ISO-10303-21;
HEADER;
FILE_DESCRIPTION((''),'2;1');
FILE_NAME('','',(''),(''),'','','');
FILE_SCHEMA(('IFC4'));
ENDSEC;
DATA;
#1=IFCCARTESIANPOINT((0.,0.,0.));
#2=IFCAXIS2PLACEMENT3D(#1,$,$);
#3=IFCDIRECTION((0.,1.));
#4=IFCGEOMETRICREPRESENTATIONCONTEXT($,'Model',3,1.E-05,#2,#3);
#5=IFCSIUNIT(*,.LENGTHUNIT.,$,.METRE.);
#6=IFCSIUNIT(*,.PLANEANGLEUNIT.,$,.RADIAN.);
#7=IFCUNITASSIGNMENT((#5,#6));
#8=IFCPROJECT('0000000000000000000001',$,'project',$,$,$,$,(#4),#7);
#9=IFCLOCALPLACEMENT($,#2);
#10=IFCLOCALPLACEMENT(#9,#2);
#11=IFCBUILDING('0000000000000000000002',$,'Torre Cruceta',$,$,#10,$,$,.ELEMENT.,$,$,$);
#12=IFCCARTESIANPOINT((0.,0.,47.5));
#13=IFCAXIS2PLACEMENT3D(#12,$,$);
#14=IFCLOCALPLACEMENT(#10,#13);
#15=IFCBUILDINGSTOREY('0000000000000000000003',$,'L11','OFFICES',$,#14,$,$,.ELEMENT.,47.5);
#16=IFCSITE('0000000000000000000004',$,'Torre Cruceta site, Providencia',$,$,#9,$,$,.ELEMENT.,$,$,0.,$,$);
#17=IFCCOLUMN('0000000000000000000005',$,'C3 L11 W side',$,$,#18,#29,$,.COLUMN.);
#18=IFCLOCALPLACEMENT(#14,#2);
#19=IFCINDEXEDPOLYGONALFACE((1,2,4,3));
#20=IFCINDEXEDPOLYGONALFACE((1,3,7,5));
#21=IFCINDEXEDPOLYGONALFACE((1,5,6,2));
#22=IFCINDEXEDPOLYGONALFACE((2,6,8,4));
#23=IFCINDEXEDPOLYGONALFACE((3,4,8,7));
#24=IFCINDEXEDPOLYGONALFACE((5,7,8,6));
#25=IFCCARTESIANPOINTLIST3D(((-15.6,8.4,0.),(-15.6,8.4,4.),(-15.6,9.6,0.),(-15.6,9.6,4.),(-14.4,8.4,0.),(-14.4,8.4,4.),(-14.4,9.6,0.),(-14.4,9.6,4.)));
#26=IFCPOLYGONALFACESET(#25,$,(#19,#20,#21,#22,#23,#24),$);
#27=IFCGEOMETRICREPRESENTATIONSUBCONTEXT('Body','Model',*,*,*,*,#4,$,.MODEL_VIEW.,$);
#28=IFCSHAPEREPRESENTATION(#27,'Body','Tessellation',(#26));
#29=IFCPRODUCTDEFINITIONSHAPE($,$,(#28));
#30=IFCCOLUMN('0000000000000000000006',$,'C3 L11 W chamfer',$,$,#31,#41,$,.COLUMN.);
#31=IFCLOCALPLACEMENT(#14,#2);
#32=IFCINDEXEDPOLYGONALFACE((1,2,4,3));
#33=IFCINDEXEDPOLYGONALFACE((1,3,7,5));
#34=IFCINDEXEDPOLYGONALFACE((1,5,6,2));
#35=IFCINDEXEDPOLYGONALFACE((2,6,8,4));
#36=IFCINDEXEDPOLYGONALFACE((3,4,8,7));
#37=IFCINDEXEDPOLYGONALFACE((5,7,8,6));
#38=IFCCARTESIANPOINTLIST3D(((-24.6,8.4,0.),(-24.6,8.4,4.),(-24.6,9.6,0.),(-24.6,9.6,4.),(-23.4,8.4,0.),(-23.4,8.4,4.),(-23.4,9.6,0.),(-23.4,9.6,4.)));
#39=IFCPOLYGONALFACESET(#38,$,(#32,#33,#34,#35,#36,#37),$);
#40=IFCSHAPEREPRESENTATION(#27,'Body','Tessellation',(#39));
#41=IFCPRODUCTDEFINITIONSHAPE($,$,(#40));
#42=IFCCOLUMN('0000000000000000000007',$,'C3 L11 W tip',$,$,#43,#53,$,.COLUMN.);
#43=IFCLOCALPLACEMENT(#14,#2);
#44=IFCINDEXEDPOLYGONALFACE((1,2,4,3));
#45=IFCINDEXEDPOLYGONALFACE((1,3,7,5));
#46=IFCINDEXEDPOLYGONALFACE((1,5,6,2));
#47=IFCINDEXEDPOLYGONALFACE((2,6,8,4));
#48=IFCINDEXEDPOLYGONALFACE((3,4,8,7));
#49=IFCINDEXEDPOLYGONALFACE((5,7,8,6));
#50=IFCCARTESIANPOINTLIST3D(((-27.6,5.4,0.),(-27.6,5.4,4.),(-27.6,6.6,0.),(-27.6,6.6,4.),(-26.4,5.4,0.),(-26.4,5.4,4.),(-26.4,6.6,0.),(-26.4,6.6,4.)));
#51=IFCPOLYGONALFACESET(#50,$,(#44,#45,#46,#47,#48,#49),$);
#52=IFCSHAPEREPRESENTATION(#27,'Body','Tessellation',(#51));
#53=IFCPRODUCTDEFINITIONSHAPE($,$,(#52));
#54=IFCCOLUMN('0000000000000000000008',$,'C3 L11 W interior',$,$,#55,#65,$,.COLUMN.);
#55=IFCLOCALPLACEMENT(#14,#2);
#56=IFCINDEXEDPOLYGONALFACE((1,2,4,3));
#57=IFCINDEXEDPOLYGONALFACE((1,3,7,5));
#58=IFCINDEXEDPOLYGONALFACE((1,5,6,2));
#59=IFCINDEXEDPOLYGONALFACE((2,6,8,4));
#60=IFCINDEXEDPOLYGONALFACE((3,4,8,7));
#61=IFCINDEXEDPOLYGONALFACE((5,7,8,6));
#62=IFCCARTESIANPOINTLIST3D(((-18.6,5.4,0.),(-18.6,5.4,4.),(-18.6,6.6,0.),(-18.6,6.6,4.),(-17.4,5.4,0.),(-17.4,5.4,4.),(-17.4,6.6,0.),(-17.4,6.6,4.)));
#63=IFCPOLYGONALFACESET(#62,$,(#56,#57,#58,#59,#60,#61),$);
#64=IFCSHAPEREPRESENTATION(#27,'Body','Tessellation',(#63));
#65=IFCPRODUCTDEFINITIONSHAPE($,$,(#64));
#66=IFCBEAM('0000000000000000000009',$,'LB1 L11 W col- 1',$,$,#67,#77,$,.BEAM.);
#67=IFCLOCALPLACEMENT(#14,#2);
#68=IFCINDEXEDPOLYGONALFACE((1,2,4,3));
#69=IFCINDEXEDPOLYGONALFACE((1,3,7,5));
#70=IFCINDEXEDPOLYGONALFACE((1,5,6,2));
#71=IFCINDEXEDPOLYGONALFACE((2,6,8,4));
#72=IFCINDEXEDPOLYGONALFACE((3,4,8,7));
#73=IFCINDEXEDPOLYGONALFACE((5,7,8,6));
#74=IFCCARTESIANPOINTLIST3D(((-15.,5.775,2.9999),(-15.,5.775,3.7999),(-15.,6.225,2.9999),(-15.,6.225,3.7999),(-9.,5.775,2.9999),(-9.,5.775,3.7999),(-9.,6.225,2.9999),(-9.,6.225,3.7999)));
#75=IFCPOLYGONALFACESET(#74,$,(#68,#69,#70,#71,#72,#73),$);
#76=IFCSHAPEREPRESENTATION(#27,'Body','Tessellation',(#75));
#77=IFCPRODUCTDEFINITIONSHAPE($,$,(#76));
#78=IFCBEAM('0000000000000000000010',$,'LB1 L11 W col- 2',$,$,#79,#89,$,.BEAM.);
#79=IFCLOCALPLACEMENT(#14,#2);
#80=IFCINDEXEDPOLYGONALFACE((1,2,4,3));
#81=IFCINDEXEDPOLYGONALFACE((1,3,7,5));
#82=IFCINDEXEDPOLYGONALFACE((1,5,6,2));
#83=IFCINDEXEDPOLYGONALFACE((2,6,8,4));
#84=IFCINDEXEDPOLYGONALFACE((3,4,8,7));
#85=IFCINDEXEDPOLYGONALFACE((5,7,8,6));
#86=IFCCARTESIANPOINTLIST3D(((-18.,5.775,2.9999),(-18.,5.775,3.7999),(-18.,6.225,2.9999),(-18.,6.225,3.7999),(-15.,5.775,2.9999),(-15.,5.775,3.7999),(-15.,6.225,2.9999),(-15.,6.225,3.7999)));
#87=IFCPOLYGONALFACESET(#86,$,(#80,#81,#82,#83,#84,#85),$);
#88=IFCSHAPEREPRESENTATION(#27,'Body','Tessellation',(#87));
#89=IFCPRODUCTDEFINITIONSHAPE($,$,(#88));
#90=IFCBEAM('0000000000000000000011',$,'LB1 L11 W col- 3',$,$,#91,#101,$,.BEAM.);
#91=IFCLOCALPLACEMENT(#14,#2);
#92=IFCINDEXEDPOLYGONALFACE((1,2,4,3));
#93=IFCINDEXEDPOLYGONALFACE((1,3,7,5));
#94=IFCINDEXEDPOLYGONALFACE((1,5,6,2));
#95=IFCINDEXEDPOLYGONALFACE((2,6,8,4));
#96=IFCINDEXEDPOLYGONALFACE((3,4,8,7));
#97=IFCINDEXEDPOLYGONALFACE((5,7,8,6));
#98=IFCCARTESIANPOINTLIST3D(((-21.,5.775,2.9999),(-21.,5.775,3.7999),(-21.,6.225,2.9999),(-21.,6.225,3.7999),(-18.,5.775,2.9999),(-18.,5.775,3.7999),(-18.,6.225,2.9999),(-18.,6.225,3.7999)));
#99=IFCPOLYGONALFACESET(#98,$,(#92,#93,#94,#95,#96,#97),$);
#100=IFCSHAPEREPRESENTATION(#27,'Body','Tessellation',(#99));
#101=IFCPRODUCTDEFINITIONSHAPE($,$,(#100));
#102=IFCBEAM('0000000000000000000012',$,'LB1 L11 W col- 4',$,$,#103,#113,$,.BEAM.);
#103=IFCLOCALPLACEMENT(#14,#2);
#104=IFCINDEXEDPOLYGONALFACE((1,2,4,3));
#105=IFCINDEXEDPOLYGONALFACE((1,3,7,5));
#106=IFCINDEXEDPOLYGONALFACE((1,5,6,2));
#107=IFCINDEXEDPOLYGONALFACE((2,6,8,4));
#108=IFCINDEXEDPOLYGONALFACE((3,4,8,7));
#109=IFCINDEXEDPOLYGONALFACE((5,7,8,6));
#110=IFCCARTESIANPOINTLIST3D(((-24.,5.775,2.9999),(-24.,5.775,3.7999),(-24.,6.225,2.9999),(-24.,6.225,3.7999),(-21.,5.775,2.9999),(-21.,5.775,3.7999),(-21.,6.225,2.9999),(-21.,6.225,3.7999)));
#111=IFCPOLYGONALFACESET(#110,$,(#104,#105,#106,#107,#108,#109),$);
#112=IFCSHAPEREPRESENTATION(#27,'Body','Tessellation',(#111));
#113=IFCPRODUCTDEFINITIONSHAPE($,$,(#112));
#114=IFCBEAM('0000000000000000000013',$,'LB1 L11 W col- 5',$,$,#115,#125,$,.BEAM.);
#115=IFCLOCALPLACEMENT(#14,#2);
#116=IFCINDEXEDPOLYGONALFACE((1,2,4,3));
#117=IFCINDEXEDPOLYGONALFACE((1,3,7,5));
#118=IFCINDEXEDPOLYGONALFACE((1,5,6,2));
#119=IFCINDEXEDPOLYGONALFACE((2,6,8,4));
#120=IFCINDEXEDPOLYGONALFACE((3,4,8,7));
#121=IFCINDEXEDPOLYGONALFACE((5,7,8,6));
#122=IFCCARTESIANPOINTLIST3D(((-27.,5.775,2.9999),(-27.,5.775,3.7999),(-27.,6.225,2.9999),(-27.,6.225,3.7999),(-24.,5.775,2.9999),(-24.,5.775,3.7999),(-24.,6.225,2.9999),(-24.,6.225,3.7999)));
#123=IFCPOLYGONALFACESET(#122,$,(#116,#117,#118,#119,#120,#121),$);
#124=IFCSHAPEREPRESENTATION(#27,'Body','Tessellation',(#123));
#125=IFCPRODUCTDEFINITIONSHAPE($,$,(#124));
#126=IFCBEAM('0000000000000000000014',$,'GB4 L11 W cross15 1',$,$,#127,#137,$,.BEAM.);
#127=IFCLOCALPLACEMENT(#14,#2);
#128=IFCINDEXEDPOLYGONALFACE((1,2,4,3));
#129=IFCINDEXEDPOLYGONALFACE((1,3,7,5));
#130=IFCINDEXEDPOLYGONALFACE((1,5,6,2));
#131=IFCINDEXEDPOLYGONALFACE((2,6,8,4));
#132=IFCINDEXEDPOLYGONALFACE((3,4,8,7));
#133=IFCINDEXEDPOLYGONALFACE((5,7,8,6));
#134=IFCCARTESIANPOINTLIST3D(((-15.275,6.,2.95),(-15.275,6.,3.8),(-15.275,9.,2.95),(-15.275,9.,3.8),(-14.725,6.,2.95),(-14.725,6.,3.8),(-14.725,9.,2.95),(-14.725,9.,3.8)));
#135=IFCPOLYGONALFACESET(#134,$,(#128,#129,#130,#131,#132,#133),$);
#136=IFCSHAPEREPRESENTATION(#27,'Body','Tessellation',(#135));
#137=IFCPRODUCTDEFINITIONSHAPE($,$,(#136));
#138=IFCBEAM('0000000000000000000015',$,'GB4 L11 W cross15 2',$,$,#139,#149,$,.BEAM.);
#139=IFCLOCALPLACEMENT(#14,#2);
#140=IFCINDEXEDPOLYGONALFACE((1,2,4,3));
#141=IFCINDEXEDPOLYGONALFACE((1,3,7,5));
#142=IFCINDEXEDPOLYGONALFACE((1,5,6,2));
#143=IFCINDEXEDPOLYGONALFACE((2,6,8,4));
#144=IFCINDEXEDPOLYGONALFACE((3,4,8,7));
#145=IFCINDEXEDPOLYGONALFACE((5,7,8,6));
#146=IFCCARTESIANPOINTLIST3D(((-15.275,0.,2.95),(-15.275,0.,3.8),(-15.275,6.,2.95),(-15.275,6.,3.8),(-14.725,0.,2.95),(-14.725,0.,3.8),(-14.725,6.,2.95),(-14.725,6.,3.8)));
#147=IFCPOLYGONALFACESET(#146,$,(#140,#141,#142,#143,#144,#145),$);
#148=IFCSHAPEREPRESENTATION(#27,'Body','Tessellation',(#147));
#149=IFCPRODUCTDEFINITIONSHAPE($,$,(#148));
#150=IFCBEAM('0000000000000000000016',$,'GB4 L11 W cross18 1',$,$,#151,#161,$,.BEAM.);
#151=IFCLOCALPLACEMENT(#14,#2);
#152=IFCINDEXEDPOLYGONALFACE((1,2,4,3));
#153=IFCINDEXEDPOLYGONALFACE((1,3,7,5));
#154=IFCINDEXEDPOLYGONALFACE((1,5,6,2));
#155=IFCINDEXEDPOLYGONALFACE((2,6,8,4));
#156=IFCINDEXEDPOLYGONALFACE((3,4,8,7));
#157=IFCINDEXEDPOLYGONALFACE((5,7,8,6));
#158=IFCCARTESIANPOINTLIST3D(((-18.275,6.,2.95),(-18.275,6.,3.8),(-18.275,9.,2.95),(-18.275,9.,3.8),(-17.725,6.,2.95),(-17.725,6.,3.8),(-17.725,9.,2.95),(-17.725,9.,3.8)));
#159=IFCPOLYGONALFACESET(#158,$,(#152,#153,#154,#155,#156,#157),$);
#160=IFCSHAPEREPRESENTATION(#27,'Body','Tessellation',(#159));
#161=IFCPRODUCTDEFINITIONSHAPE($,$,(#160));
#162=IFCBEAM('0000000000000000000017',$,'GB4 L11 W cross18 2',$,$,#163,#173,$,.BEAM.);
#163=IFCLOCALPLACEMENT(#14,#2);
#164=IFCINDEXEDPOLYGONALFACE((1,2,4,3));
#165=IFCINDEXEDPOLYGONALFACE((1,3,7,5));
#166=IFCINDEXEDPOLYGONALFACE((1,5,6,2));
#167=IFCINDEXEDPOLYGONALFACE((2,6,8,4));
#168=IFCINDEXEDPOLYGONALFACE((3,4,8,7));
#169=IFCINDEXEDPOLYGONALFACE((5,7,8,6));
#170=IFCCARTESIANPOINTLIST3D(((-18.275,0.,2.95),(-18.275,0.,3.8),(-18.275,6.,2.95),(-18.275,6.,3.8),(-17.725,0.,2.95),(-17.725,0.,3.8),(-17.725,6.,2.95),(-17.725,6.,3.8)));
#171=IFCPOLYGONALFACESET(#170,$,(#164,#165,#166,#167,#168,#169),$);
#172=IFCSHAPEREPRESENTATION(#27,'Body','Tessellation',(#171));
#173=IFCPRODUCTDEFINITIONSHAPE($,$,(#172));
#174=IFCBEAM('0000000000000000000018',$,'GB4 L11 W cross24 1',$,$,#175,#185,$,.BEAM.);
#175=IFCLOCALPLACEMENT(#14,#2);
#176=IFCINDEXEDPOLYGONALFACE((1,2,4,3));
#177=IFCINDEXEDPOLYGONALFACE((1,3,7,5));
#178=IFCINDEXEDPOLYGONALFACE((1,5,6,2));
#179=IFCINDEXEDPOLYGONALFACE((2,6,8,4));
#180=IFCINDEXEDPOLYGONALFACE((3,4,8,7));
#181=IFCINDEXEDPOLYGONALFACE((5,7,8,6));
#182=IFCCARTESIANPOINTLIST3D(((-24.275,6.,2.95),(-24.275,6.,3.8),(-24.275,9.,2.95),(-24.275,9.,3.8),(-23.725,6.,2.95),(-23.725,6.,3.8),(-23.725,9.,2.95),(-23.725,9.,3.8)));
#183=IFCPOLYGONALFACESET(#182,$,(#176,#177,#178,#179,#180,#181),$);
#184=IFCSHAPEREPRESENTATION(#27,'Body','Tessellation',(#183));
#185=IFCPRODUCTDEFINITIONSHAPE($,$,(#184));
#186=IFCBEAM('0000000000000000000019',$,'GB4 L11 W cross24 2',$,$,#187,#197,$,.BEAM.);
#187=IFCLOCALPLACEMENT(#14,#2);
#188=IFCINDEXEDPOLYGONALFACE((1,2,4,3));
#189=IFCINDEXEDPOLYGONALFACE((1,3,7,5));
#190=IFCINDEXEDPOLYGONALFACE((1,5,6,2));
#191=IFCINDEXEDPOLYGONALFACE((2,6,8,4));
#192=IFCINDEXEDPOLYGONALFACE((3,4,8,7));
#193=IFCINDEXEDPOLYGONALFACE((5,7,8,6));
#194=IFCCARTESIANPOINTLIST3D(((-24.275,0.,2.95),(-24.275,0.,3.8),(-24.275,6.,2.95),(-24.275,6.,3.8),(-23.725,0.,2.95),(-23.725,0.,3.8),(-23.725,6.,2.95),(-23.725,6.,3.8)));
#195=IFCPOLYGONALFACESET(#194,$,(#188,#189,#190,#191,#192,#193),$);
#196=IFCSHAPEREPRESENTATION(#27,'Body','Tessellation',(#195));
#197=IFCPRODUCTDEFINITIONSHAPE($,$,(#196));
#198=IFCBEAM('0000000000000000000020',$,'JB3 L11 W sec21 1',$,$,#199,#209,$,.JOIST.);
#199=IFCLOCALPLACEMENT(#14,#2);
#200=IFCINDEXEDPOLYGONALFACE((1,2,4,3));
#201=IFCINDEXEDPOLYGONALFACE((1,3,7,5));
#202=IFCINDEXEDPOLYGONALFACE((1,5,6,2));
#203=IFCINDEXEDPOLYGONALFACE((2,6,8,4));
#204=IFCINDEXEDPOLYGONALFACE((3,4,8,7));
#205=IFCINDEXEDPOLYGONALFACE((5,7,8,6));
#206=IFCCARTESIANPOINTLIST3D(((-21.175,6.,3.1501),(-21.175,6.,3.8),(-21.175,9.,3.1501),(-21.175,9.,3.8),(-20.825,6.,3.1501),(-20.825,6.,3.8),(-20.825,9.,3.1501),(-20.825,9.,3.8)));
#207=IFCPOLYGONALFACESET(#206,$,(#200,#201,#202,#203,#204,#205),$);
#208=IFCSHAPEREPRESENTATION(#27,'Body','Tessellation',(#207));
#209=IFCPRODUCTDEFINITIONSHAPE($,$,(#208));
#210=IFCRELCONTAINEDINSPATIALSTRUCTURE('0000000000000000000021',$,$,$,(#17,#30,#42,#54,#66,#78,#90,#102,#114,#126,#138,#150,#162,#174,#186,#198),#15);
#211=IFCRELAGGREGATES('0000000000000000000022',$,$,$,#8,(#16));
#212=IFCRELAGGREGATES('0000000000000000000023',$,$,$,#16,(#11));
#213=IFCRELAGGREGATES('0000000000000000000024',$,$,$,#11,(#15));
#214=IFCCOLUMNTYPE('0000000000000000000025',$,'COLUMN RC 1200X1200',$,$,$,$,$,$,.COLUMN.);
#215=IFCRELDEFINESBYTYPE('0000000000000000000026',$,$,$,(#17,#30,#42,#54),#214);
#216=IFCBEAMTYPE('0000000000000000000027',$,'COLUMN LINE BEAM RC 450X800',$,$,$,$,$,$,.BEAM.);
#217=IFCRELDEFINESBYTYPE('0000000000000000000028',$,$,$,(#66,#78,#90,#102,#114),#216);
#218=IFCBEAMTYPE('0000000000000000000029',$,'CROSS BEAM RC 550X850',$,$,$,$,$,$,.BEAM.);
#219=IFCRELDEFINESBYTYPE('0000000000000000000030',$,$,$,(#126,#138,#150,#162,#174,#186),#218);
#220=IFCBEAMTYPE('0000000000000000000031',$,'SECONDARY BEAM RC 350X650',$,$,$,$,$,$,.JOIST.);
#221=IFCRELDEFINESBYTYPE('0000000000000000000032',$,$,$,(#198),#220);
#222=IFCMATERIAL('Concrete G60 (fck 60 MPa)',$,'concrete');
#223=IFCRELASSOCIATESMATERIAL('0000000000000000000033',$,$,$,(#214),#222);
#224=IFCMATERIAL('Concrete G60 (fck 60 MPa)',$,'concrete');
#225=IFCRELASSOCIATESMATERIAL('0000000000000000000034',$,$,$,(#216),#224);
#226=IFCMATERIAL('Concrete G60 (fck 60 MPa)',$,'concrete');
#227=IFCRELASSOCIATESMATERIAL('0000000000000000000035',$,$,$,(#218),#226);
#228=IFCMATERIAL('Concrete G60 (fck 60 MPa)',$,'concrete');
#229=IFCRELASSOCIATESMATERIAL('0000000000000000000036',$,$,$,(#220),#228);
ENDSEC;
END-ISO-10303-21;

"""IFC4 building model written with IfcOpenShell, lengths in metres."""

from ifc_helpers import new_model, si_unit, direction, frame, origin, origin_2d, place, context, subcontext, project, spatial, rectangle, extrude, material, material_profile, profile_set, type_object, element, save


model = new_model("IFC4")

# Units and contexts
model_context = context("Model", 3, precision=1e-05, world=origin(), true_north=direction((0.0, 1.0)))
body_context = subcontext(model_context, "Body", "Model", "MODEL_VIEW")
ifc_project = project(units=[si_unit("LENGTHUNIT", "METRE"), si_unit("PLANEANGLEUNIT", "RADIAN")], contexts=[model_context])

# Site, building, storey
site_placement = place(None, origin())
site = spatial("IfcSite", under=ifc_project, at=site_placement, Name="Torre Cruceta site, Providencia", CompositionType="ELEMENT", RefElevation=0.0)
building_placement = place(site_placement, origin())
building = spatial("IfcBuilding", under=site, at=building_placement, Name="Torre Cruceta", CompositionType="ELEMENT")
storey_placement = place(building_placement, frame((0.0, 0.0, 47.5)))
storey = spatial("IfcBuildingStorey", under=building, at=storey_placement, Name="L11", Description="OFFICES", CompositionType="ELEMENT", Elevation=47.5)

# Columns
ifc_material_1 = material(Name="Concrete G60 (fck 60 MPa)", Category="concrete")
ifc_material_profile_1 = material_profile(ifc_material_1, rectangle(XDim=1.2, YDim=1.2, at=origin_2d()), Name="RC 1200X1200")
ifc_profile_set_1 = profile_set([ifc_material_profile_1], Name="Concrete G60 (fck 60 MPa)")
column_type = type_object("IfcColumnType", Name="COLUMN RC 1200X1200", PredefinedType="COLUMN", material=ifc_profile_set_1)
for number, where, z_axis, x_axis, name in (
    (1, (-15.0, 9.0, 0.0), (0.0, 0.0, 1.0), (1.0, 0.0, 0.0), "C3 L11 W side"),
    (2, (-24.0, 9.0, 0.0), (0.0, 0.0, 1.0), (1.0, 0.0, 0.0), "C3 L11 W chamfer"),
    (3, (-27.0, 6.0, 0.0), (0.0, 0.0, 1.0), (1.0, 0.0, 0.0), "C3 L11 W tip"),
    (4, (-18.0, 6.0, 0.0), (0.0, 0.0, 1.0), (1.0, 0.0, 0.0), "C3 L11 W interior"),
):
    element("IfcColumn", number, at=place(storey_placement, frame(where, z_axis=z_axis, x_axis=x_axis)), inside=storey, type_object=column_type, Name=name, PredefinedType="COLUMN", context=body_context, shape_type="SweptSolid", body=[
        extrude(rectangle(XDim=1.2, YDim=1.2, at=origin_2d()), origin(), (0.0, 0.0, 1.0), 4.0),
    ])

# Beams
ifc_material_2 = material(Name="Concrete G60 (fck 60 MPa)", Category="concrete")
ifc_material_profile_2 = material_profile(ifc_material_2, rectangle(XDim=0.45, YDim=0.8, at=origin_2d()), Name="RC 450X800")
ifc_profile_set_2 = profile_set([ifc_material_profile_2], Name="Concrete G60 (fck 60 MPa)")
beam_type_1 = type_object("IfcBeamType", Name="COLUMN LINE BEAM RC 450X800", PredefinedType="BEAM", material=ifc_profile_set_2)
beam_1_placement = place(storey_placement, frame((-9.0, 6.0, 3.3999), z_axis=(-1.0, 0.0, 0.0), x_axis=(0.0, -1.0, 0.0)))
element("IfcBeam", 5, at=beam_1_placement, inside=storey, type_object=beam_type_1, Name="LB1 L11 W col- 1", PredefinedType="BEAM", context=body_context, shape_type="SweptSolid", body=[
    extrude(rectangle(XDim=0.45, YDim=0.8, at=origin_2d()), origin(), (0.0, 0.0, 1.0), 6.0),
])
for number, where, z_axis, x_axis, name in (
    (6, (-15.0, 6.0, 3.3999), (-1.0, 0.0, 0.0), (0.0, -1.0, 0.0), "LB1 L11 W col- 2"),
    (7, (-18.0, 6.0, 3.3999), (-1.0, 0.0, 0.0), (0.0, -1.0, 0.0), "LB1 L11 W col- 3"),
    (8, (-21.0, 6.0, 3.3999), (-1.0, 0.0, 0.0), (0.0, -1.0, 0.0), "LB1 L11 W col- 4"),
    (9, (-24.0, 6.0, 3.3999), (-1.0, 0.0, 0.0), (0.0, -1.0, 0.0), "LB1 L11 W col- 5"),
):
    element("IfcBeam", number, at=place(storey_placement, frame(where, z_axis=z_axis, x_axis=x_axis)), inside=storey, type_object=beam_type_1, Name=name, PredefinedType="BEAM", context=body_context, shape_type="SweptSolid", body=[
        extrude(rectangle(XDim=0.45, YDim=0.8, at=origin_2d()), origin(), (0.0, 0.0, 1.0), 3.0),
    ])
ifc_material_3 = material(Name="Concrete G60 (fck 60 MPa)", Category="concrete")
ifc_material_profile_3 = material_profile(ifc_material_3, rectangle(XDim=0.55, YDim=0.8501, at=origin_2d()), Name="RC 550X850")
ifc_profile_set_3 = profile_set([ifc_material_profile_3], Name="Concrete G60 (fck 60 MPa)")
beam_type_2 = type_object("IfcBeamType", Name="CROSS BEAM RC 550X850", PredefinedType="BEAM", material=ifc_profile_set_3)
beam_2_placement = place(storey_placement, frame((-15.0, 9.0, 3.375), z_axis=(0.0, -1.0, 0.0), x_axis=(1.0, 0.0, 0.0)))
element("IfcBeam", 10, at=beam_2_placement, inside=storey, type_object=beam_type_2, Name="GB4 L11 W cross15 1", PredefinedType="BEAM", context=body_context, shape_type="SweptSolid", body=[
    extrude(rectangle(XDim=0.55, YDim=0.8501, at=origin_2d()), origin(), (0.0, 0.0, 1.0), 3.0),
])
beam_3_placement = place(storey_placement, frame((-15.0, 6.0, 3.375), z_axis=(0.0, -1.0, 0.0), x_axis=(1.0, 0.0, 0.0)))
element("IfcBeam", 11, at=beam_3_placement, inside=storey, type_object=beam_type_2, Name="GB4 L11 W cross15 2", PredefinedType="BEAM", context=body_context, shape_type="SweptSolid", body=[
    extrude(rectangle(XDim=0.55, YDim=0.8501, at=origin_2d()), origin(), (0.0, 0.0, 1.0), 6.0),
])
beam_4_placement = place(storey_placement, frame((-18.0, 9.0, 3.375), z_axis=(0.0, -1.0, 0.0), x_axis=(1.0, 0.0, 0.0)))
element("IfcBeam", 12, at=beam_4_placement, inside=storey, type_object=beam_type_2, Name="GB4 L11 W cross18 1", PredefinedType="BEAM", context=body_context, shape_type="SweptSolid", body=[
    extrude(rectangle(XDim=0.55, YDim=0.8501, at=origin_2d()), origin(), (0.0, 0.0, 1.0), 3.0),
])
beam_5_placement = place(storey_placement, frame((-18.0, 6.0, 3.375), z_axis=(0.0, -1.0, 0.0), x_axis=(1.0, 0.0, 0.0)))
element("IfcBeam", 13, at=beam_5_placement, inside=storey, type_object=beam_type_2, Name="GB4 L11 W cross18 2", PredefinedType="BEAM", context=body_context, shape_type="SweptSolid", body=[
    extrude(rectangle(XDim=0.55, YDim=0.8501, at=origin_2d()), origin(), (0.0, 0.0, 1.0), 6.0),
])
beam_6_placement = place(storey_placement, frame((-24.0, 9.0, 3.375), z_axis=(0.0, -1.0, 0.0), x_axis=(1.0, 0.0, 0.0)))
element("IfcBeam", 14, at=beam_6_placement, inside=storey, type_object=beam_type_2, Name="GB4 L11 W cross24 1", PredefinedType="BEAM", context=body_context, shape_type="SweptSolid", body=[
    extrude(rectangle(XDim=0.55, YDim=0.8501, at=origin_2d()), origin(), (0.0, 0.0, 1.0), 3.0),
])
beam_7_placement = place(storey_placement, frame((-24.0, 6.0, 3.375), z_axis=(0.0, -1.0, 0.0), x_axis=(1.0, 0.0, 0.0)))
element("IfcBeam", 15, at=beam_7_placement, inside=storey, type_object=beam_type_2, Name="GB4 L11 W cross24 2", PredefinedType="BEAM", context=body_context, shape_type="SweptSolid", body=[
    extrude(rectangle(XDim=0.55, YDim=0.8501, at=origin_2d()), origin(), (0.0, 0.0, 1.0), 6.0),
])
ifc_material_4 = material(Name="Concrete G60 (fck 60 MPa)", Category="concrete")
ifc_material_profile_4 = material_profile(ifc_material_4, rectangle(XDim=0.3501, YDim=0.6499, at=origin_2d()), Name="RC 350X650")
ifc_profile_set_4 = profile_set([ifc_material_profile_4], Name="Concrete G60 (fck 60 MPa)")
beam_type_3 = type_object("IfcBeamType", Name="SECONDARY BEAM RC 350X650", PredefinedType="JOIST", material=ifc_profile_set_4)
beam_8_placement = place(storey_placement, frame((-21.0, 9.0, 3.4751), z_axis=(0.0, -1.0, 0.0), x_axis=(1.0, 0.0, 0.0)))
element("IfcBeam", 16, at=beam_8_placement, inside=storey, type_object=beam_type_3, Name="JB3 L11 W sec21 1", PredefinedType="JOIST", context=body_context, shape_type="SweptSolid", body=[
    extrude(rectangle(XDim=0.3501, YDim=0.6499, at=origin_2d()), origin(), (0.0, 0.0, 1.0), 3.0),
])

save(model, "model.ifc")
